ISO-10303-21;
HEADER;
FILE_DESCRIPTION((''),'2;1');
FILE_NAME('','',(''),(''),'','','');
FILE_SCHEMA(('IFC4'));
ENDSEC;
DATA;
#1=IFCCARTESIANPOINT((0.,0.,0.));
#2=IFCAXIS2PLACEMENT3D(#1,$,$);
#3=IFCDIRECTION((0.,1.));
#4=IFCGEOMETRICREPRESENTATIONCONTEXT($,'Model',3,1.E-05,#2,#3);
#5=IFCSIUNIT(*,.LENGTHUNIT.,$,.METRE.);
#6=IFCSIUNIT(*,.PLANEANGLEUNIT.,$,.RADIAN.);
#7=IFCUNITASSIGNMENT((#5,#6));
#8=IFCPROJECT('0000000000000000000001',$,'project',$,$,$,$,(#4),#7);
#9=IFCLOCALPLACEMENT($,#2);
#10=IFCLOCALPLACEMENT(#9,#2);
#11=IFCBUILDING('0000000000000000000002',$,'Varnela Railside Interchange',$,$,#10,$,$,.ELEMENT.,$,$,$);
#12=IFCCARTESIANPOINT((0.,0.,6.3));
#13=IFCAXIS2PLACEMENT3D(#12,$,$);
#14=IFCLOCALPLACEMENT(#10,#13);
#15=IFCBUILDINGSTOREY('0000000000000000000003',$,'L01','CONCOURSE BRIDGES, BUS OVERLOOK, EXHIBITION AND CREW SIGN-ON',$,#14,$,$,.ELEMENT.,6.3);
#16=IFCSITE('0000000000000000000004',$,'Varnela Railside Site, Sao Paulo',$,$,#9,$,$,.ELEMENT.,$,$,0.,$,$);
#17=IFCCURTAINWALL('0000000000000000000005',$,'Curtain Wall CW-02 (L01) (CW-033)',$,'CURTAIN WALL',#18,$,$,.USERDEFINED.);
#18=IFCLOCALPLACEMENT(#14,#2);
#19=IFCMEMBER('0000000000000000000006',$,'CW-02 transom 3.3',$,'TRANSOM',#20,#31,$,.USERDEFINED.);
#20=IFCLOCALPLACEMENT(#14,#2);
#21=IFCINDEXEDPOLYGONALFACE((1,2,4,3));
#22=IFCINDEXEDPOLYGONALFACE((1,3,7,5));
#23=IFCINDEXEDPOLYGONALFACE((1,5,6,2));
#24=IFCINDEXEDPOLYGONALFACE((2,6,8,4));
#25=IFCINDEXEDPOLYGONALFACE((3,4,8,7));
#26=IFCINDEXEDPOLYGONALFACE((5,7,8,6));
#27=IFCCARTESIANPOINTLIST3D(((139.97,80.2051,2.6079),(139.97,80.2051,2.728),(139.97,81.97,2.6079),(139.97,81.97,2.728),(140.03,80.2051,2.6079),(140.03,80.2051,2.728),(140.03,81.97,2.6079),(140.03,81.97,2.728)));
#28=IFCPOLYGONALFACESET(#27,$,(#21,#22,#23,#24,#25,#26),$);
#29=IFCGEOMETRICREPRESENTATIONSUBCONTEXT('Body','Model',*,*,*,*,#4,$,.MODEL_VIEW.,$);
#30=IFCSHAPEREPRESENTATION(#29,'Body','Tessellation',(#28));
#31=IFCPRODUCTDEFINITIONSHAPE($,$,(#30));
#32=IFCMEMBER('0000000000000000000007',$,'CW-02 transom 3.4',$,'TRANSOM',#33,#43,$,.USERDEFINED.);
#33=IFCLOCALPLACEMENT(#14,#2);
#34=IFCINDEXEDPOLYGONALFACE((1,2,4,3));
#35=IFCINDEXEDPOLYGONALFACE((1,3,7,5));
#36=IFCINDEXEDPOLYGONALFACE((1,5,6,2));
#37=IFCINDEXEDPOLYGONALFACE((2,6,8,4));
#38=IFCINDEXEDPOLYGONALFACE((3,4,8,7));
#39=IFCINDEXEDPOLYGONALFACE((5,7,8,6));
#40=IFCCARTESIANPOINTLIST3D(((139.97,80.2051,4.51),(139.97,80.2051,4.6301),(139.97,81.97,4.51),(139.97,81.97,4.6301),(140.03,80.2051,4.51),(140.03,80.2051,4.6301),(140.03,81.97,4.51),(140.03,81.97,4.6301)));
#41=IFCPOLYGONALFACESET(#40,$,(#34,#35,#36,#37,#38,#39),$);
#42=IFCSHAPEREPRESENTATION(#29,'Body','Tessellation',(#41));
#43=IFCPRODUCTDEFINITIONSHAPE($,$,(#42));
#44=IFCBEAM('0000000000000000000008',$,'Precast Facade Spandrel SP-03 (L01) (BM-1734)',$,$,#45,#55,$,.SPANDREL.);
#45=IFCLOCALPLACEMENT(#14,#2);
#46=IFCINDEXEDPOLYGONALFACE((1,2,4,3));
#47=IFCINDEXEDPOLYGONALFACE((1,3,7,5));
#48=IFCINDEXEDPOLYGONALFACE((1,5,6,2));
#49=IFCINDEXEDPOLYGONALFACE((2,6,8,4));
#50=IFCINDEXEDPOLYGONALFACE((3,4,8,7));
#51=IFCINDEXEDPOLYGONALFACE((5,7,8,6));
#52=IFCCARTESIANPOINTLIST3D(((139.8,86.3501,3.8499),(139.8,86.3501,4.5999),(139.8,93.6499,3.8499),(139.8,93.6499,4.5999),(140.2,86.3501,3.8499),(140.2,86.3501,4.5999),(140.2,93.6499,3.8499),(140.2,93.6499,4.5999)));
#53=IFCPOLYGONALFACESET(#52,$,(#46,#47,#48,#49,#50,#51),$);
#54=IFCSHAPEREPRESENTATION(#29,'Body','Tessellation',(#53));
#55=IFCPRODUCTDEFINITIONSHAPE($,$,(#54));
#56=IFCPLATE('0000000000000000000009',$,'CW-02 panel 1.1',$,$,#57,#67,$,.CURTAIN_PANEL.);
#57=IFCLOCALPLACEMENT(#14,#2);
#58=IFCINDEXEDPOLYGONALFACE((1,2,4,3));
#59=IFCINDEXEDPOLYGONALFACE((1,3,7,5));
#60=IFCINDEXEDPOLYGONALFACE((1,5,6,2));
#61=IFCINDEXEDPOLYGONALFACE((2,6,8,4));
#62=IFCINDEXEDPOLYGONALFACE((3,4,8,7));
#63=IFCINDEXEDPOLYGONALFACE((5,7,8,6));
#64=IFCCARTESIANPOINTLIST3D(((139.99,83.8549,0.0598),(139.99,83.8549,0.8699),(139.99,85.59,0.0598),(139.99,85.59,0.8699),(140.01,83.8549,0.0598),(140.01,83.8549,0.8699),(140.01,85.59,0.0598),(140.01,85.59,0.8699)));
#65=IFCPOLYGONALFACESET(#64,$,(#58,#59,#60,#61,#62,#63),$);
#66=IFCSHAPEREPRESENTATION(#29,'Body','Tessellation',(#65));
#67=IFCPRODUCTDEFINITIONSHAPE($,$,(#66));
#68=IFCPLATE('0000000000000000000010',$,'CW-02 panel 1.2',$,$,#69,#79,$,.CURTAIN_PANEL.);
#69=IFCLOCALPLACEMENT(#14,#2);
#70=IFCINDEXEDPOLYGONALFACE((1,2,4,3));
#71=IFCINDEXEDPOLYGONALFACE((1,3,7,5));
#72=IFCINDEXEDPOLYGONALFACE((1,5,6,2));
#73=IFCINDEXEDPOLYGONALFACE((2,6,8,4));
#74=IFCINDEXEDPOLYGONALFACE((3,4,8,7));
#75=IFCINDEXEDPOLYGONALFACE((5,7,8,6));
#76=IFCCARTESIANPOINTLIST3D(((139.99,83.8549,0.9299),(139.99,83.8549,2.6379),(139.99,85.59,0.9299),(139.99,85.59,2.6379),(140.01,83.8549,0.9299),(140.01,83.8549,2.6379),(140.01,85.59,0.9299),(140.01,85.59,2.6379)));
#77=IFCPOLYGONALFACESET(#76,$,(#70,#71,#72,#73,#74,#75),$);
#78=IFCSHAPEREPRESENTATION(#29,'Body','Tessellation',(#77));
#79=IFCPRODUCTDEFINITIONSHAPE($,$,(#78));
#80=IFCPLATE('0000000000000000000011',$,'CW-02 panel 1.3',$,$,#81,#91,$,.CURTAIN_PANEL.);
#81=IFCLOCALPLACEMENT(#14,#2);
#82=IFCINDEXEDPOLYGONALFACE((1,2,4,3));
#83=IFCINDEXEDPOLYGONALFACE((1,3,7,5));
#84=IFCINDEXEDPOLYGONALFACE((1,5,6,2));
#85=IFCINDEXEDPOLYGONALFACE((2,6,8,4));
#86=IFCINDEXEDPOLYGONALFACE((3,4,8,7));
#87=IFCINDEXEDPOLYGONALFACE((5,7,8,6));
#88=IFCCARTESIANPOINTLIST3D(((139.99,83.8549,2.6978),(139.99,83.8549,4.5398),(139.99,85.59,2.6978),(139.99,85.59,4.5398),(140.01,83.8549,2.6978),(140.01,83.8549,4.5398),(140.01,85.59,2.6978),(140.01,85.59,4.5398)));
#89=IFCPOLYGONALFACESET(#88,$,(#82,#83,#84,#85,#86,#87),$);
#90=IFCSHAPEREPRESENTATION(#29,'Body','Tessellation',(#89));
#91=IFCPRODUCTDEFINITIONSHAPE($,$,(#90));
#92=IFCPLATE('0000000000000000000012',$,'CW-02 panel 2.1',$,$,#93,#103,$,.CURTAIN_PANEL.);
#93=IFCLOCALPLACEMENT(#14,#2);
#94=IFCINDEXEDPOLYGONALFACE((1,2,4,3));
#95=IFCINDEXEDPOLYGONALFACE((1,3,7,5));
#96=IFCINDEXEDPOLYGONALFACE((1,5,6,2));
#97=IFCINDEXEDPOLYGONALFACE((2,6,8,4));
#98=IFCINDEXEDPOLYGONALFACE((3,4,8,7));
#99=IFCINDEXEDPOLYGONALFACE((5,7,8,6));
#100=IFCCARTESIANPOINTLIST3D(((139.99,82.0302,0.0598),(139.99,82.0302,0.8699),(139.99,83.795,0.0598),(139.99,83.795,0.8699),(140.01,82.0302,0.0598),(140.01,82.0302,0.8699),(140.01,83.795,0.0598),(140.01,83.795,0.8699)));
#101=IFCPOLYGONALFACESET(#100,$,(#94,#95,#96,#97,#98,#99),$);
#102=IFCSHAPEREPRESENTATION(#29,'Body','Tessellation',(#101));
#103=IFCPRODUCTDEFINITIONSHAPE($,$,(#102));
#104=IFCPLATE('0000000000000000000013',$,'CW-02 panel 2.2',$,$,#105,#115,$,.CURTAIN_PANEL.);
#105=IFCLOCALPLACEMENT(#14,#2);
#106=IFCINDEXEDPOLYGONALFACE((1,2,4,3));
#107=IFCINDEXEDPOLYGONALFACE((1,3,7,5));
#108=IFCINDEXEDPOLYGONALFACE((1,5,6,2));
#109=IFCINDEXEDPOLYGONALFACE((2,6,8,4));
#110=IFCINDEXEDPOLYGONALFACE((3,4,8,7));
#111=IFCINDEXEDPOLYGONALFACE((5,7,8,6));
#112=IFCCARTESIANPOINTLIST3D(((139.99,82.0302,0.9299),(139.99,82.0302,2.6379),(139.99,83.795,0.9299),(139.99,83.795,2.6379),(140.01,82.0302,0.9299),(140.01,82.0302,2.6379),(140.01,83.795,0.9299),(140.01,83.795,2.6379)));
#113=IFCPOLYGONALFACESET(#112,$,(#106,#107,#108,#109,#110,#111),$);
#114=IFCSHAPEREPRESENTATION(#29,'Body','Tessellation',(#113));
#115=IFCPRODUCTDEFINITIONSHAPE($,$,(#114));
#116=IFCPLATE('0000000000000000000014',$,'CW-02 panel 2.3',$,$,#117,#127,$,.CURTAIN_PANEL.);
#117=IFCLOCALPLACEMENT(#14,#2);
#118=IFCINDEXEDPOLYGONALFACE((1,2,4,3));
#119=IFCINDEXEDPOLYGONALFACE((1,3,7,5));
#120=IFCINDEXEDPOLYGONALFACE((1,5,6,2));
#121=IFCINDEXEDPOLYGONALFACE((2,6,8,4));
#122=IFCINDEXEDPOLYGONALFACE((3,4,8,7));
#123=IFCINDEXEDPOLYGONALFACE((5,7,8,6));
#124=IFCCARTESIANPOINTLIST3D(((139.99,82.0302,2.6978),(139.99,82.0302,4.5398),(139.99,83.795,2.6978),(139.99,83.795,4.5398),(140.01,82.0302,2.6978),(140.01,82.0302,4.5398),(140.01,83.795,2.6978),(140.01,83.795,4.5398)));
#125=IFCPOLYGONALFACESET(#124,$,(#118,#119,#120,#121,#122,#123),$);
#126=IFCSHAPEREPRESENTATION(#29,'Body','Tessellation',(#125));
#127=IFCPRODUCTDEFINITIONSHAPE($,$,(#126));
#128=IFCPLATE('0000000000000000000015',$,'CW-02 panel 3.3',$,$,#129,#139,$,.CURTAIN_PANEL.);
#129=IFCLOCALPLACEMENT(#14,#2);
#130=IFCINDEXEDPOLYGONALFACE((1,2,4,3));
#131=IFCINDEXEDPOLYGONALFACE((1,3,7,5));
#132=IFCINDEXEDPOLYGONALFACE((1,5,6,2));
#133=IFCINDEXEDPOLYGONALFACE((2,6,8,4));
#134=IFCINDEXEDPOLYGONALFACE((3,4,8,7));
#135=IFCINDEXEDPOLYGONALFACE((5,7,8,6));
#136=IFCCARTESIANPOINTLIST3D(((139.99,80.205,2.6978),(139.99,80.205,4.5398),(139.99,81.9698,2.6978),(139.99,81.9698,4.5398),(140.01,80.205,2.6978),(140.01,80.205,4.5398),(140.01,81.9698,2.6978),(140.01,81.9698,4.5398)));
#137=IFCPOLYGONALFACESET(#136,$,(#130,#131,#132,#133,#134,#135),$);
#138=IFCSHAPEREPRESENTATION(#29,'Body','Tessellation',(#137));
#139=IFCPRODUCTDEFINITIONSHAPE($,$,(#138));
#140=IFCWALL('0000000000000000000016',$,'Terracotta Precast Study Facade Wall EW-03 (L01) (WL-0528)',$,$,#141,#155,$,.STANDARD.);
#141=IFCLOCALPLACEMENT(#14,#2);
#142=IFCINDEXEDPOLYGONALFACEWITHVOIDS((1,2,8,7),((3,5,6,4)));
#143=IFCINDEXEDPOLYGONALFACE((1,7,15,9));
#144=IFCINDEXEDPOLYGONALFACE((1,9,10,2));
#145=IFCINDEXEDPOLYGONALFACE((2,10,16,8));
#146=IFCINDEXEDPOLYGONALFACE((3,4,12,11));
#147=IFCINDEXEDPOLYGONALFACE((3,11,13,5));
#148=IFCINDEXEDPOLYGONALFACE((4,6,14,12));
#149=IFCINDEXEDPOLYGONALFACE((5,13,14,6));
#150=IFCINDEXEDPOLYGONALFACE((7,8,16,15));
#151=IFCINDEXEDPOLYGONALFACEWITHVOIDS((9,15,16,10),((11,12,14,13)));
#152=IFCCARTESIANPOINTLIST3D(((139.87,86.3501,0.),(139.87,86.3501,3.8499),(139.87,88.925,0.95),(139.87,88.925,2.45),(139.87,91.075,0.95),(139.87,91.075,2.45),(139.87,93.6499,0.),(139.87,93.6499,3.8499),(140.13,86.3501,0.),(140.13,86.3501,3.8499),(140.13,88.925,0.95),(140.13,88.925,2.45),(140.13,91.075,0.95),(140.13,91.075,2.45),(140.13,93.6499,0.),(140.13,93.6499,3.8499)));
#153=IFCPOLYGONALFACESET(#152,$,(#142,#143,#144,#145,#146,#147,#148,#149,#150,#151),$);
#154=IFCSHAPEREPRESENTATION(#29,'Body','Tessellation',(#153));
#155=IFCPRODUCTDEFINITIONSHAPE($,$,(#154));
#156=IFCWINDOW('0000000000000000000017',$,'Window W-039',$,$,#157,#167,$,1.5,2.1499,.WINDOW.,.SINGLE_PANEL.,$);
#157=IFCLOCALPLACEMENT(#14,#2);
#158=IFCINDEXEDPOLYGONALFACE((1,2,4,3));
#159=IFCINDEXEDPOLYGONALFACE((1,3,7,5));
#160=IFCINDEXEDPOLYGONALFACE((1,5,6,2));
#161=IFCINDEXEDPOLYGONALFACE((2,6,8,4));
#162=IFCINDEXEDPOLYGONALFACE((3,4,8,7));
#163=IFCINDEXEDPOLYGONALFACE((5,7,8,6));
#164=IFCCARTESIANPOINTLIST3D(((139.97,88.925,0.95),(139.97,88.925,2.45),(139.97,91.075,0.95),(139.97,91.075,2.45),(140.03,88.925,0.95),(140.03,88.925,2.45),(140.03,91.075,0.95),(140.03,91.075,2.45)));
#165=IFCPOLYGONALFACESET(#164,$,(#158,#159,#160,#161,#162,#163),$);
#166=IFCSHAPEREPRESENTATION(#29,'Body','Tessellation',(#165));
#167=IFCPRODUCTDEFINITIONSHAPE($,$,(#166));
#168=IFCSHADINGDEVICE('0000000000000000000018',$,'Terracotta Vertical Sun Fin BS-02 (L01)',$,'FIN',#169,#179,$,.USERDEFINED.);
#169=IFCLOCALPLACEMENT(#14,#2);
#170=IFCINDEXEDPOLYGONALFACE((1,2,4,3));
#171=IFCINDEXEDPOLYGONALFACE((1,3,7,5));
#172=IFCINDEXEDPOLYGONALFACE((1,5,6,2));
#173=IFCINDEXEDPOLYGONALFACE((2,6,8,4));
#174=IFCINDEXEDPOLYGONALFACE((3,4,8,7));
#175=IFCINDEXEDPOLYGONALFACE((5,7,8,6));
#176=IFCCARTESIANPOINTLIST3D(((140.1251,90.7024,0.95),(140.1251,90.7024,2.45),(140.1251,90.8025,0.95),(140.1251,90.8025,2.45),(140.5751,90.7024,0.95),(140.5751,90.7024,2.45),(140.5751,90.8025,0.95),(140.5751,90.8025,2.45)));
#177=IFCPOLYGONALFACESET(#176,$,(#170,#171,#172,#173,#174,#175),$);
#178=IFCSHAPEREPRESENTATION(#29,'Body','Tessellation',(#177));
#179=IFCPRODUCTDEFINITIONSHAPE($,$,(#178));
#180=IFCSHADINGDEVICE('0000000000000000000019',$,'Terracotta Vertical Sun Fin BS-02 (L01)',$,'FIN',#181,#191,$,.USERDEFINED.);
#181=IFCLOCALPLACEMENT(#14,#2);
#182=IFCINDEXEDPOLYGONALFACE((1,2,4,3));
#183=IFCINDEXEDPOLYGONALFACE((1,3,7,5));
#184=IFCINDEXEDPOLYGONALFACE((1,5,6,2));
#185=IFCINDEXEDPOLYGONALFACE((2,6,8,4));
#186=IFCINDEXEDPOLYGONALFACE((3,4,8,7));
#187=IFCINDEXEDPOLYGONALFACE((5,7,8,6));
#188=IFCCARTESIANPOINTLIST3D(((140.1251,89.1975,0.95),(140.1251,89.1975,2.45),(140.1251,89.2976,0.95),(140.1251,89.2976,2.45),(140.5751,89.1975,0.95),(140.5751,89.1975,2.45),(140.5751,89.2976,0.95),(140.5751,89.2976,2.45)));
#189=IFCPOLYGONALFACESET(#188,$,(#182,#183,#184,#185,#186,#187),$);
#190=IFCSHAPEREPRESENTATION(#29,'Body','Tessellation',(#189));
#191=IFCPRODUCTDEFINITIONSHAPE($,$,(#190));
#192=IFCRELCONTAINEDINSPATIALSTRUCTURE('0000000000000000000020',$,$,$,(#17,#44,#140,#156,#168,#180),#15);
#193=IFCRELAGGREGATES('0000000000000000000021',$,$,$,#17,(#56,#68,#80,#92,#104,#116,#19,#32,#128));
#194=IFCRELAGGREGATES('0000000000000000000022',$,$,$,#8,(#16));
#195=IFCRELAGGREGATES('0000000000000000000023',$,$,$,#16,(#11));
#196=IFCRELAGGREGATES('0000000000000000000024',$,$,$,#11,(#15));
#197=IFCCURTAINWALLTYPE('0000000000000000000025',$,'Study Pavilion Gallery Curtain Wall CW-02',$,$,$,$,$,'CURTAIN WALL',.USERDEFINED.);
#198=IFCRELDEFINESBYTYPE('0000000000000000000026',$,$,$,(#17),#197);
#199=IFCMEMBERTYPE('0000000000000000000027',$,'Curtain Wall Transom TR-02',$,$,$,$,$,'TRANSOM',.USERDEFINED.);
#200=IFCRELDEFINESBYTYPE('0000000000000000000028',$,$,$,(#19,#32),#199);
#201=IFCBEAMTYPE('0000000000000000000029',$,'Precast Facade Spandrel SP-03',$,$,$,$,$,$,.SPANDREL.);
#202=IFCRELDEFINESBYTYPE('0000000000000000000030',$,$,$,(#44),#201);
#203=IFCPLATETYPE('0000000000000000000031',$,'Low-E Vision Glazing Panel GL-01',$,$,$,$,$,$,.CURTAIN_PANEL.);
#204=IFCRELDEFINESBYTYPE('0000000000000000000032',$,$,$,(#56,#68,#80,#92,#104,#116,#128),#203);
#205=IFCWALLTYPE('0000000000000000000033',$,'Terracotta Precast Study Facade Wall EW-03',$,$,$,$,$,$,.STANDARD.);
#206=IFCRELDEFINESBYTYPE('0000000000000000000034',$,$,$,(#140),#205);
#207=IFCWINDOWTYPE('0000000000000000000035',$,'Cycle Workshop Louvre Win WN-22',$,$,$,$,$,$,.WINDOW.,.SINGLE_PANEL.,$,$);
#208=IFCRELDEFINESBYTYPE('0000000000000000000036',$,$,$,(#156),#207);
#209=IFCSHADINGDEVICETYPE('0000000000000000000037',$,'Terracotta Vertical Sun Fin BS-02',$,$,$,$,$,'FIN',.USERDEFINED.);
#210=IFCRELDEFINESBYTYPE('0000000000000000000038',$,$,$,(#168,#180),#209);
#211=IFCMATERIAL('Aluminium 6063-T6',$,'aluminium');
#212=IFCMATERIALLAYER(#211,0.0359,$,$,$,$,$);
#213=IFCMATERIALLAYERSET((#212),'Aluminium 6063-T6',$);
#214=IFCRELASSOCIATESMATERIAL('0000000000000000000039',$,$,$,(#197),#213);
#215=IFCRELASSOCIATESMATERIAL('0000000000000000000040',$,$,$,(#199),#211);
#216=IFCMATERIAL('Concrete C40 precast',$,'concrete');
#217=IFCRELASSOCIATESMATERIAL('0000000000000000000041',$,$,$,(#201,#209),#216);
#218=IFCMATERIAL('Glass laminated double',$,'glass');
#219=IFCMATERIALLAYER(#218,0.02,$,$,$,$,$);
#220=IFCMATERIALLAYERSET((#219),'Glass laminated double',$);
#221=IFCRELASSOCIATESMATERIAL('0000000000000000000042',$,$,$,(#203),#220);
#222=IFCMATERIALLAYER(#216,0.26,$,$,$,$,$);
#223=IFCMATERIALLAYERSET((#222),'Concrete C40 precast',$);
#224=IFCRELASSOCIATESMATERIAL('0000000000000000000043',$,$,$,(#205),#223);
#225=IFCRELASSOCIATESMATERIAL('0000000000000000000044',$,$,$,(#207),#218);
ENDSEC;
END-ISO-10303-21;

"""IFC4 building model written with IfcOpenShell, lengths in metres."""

from ifc_helpers import new_model, si_unit, direction, frame, frame_2d, origin, origin_2d, place, context, subcontext, project, spatial, rectangle, extrude, material, layer, layer_set, material_profile, profile_set, type_object, element, fill, aggregate, save


model = new_model("IFC4")

# Units and contexts
model_context = context("Model", 3, precision=1e-05, world=origin(), true_north=direction((0.0, 1.0)))
body_context = subcontext(model_context, "Body", "Model", "MODEL_VIEW")
ifc_project = project(units=[si_unit("LENGTHUNIT", "METRE"), si_unit("PLANEANGLEUNIT", "RADIAN")], contexts=[model_context])

# Site, building, storey
site_placement = place(None, origin())
site = spatial("IfcSite", under=ifc_project, at=site_placement, Name="Varnela Railside Site, Sao Paulo", CompositionType="ELEMENT", RefElevation=0.0)
building_placement = place(site_placement, origin())
building = spatial("IfcBuilding", under=site, at=building_placement, Name="Varnela Railside Interchange", CompositionType="ELEMENT")
storey_placement = place(building_placement, frame((0.0, 0.0, 6.3)))
storey = spatial("IfcBuildingStorey", under=building, at=storey_placement, Name="L01", Description="CONCOURSE BRIDGES, BUS OVERLOOK, EXHIBITION AND CREW SIGN-ON", CompositionType="ELEMENT", Elevation=6.3)

# Curtain wall, members
ifc_material_1 = material(Name="Aluminium 6063-T6", Category="aluminium")
ifc_layer_1 = layer(ifc_material_1, 0.0359)
ifc_layer_set_1 = layer_set([ifc_layer_1], Name="Aluminium 6063-T6")
curtain_wall_type = type_object("IfcCurtainWallType", Name="Study Pavilion Gallery Curtain Wall CW-02", ElementType="CURTAIN WALL", PredefinedType="USERDEFINED", material=ifc_layer_set_1)
curtain_wall_placement = place(storey_placement, origin())
curtain_wall = element("IfcCurtainWall", 1, at=curtain_wall_placement, inside=storey, type_object=curtain_wall_type, Name="Curtain Wall CW-02 (L01) (CW-033)", ObjectType="CURTAIN WALL", PredefinedType="USERDEFINED")
ifc_material_profile_1 = material_profile(ifc_material_1, rectangle(XDim=0.0601, YDim=0.1201, at=origin_2d()), Name="ALU 60x120")
ifc_profile_set_1 = profile_set([ifc_material_profile_1], Name="Aluminium 6063-T6")
member_type_1 = type_object("IfcMemberType", Name="Curtain Wall Transom TR-02", ElementType="TRANSOM", PredefinedType="USERDEFINED", material=ifc_profile_set_1)
member_1_placement = place(storey_placement, frame((140.0, 81.97, 2.668), z_axis=(0.0, -1.0, 0.0), x_axis=(1.0, 0.0, 0.0)))
member_1 = element("IfcMember", 2, at=member_1_placement, type_object=member_type_1, Name="CW-02 transom 3.3", ObjectType="TRANSOM", PredefinedType="USERDEFINED", context=body_context, shape_type="SweptSolid", body=[
    extrude(rectangle(XDim=0.0601, YDim=0.1201, at=origin_2d()), origin(), (0.0, 0.0, 1.0), 1.7649),
])
member_2_placement = place(storey_placement, frame((140.0, 81.97, 4.5701), z_axis=(0.0, -1.0, 0.0), x_axis=(1.0, 0.0, 0.0)))
member_2 = element("IfcMember", 3, at=member_2_placement, type_object=member_type_1, Name="CW-02 transom 3.4", ObjectType="TRANSOM", PredefinedType="USERDEFINED", context=body_context, shape_type="SweptSolid", body=[
    extrude(rectangle(XDim=0.0601, YDim=0.1201, at=origin_2d()), origin(), (0.0, 0.0, 1.0), 1.7649),
])

# Beam
ifc_material_2 = material(Name="Concrete C40 precast", Category="concrete")
ifc_material_profile_2 = material_profile(ifc_material_2, rectangle(XDim=0.3999, YDim=0.75, at=origin_2d()), Name="PC 400x750")
ifc_profile_set_2 = profile_set([ifc_material_profile_2], Name="Concrete C40 precast")
beam_type = type_object("IfcBeamType", Name="Precast Facade Spandrel SP-03", PredefinedType="SPANDREL", material=ifc_profile_set_2)
beam_placement = place(storey_placement, frame((140.0, 86.3501, 4.2249), z_axis=(0.0, 1.0, 0.0), x_axis=(-1.0, 0.0, 0.0)))
element("IfcBeam", 4, at=beam_placement, inside=storey, type_object=beam_type, Name="Precast Facade Spandrel SP-03 (L01) (BM-1734)", PredefinedType="SPANDREL", context=body_context, shape_type="SweptSolid", body=[
    extrude(rectangle(XDim=0.3999, YDim=0.75, at=origin_2d()), origin(), (0.0, 0.0, 1.0), 7.2998),
])

# Plates
ifc_material_3 = material(Name="Glass laminated double", Category="glass")
ifc_layer_2 = layer(ifc_material_3, 0.02)
ifc_layer_set_2 = layer_set([ifc_layer_2], Name="Glass laminated double")
plate_type = type_object("IfcPlateType", Name="Low-E Vision Glazing Panel GL-01", PredefinedType="CURTAIN_PANEL", material=ifc_layer_set_2)
plate_1_placement = place(storey_placement, frame((140.0, 84.7224, 0.0598), z_axis=(0.0, 0.0, 1.0), x_axis=(0.0, -1.0, 0.0)))
plate_1 = element("IfcPlate", 5, at=plate_1_placement, type_object=plate_type, Name="CW-02 panel 1.1", PredefinedType="CURTAIN_PANEL", context=body_context, shape_type="SweptSolid", body=[
    extrude(rectangle(XDim=1.7351, YDim=0.02, at=origin_2d()), origin(), (0.0, 0.0, 1.0), 0.8101),
])
plate_2_placement = place(storey_placement, frame((140.0, 84.7224, 0.9299), z_axis=(0.0, 0.0, 1.0), x_axis=(0.0, -1.0, 0.0)))
plate_2 = element("IfcPlate", 6, at=plate_2_placement, type_object=plate_type, Name="CW-02 panel 1.2", PredefinedType="CURTAIN_PANEL", context=body_context, shape_type="SweptSolid", body=[
    extrude(rectangle(XDim=1.7351, YDim=0.02, at=origin_2d()), origin(), (0.0, 0.0, 1.0), 1.708),
])
plate_3_placement = place(storey_placement, frame((140.0, 84.7224, 2.6978), z_axis=(0.0, 0.0, 1.0), x_axis=(0.0, -1.0, 0.0)))
plate_3 = element("IfcPlate", 7, at=plate_3_placement, type_object=plate_type, Name="CW-02 panel 1.3", PredefinedType="CURTAIN_PANEL", context=body_context, shape_type="SweptSolid", body=[
    extrude(rectangle(XDim=1.7351, YDim=0.02, at=origin_2d()), origin(), (0.0, 0.0, 1.0), 1.842),
])
plate_4_placement = place(storey_placement, frame((140.0, 82.9126, 0.0598), z_axis=(0.0, 0.0, 1.0), x_axis=(0.0, -1.0, 0.0)))
plate_4 = element("IfcPlate", 8, at=plate_4_placement, type_object=plate_type, Name="CW-02 panel 2.1", PredefinedType="CURTAIN_PANEL", context=body_context, shape_type="SweptSolid", body=[
    extrude(rectangle(XDim=1.7649, YDim=0.02, at=origin_2d()), origin(), (0.0, 0.0, 1.0), 0.8101),
])
plate_5_placement = place(storey_placement, frame((140.0, 82.9126, 0.9299), z_axis=(0.0, 0.0, 1.0), x_axis=(0.0, -1.0, 0.0)))
plate_5 = element("IfcPlate", 9, at=plate_5_placement, type_object=plate_type, Name="CW-02 panel 2.2", PredefinedType="CURTAIN_PANEL", context=body_context, shape_type="SweptSolid", body=[
    extrude(rectangle(XDim=1.7649, YDim=0.02, at=origin_2d()), origin(), (0.0, 0.0, 1.0), 1.708),
])
plate_6_placement = place(storey_placement, frame((140.0, 82.9126, 2.6978), z_axis=(0.0, 0.0, 1.0), x_axis=(0.0, -1.0, 0.0)))
plate_6 = element("IfcPlate", 10, at=plate_6_placement, type_object=plate_type, Name="CW-02 panel 2.3", PredefinedType="CURTAIN_PANEL", context=body_context, shape_type="SweptSolid", body=[
    extrude(rectangle(XDim=1.7649, YDim=0.02, at=origin_2d()), origin(), (0.0, 0.0, 1.0), 1.842),
])
plate_7_placement = place(storey_placement, frame((140.0, 81.0874, 2.6978), z_axis=(0.0, 0.0, 1.0), x_axis=(0.0, -1.0, 0.0)))
plate_7 = element("IfcPlate", 11, at=plate_7_placement, type_object=plate_type, Name="CW-02 panel 3.3", PredefinedType="CURTAIN_PANEL", context=body_context, shape_type="SweptSolid", body=[
    extrude(rectangle(XDim=1.7649, YDim=0.02, at=origin_2d()), origin(), (0.0, 0.0, 1.0), 1.842),
])
aggregate(curtain_wall, [plate_1, plate_2, plate_3, plate_4, plate_5, plate_6, member_1, member_2, plate_7])

# Wall, opening, window
ifc_layer_3 = layer(ifc_material_2, 0.26)
ifc_layer_set_3 = layer_set([ifc_layer_3], Name="Concrete C40 precast")
wall_type = type_object("IfcWallType", Name="Terracotta Precast Study Facade Wall EW-03", PredefinedType="STANDARD", material=ifc_layer_set_3)
wall_placement = place(storey_placement, frame((140.0, 93.6499, 0.0), z_axis=(0.0, 0.0, 1.0), x_axis=(0.0, -1.0, 0.0)))
wall = element("IfcWall", 12, at=wall_placement, inside=storey, type_object=wall_type, Name="Terracotta Precast Study Facade Wall EW-03 (L01) (WL-0528)", PredefinedType="STANDARD", context=body_context, shape_type="SweptSolid", body=[
    extrude(rectangle(XDim=7.2998, YDim=0.26, at=frame_2d((3.6499, 0.0))), origin(), (0.0, 0.0, 1.0), 3.8499),
])
opening_placement = place(wall_placement, frame((2.575, 0.0, 0.95)))
opening = element("IfcOpeningElement", 13, at=opening_placement, cuts=wall, PredefinedType="OPENING", context=body_context, shape_type="SweptSolid", body=[
    extrude(rectangle(XDim=2.1499, YDim=1.5, at=frame_2d((1.075, 0.75))), frame((0.0, 0.1399, 0.0), z_axis=(0.0, -1.0, 0.0), x_axis=(1.0, 0.0, 0.0)), (0.0, 0.0, 1.0), 0.28),
])
window_type = type_object("IfcWindowType", Name="Cycle Workshop Louvre Win WN-22", PartitioningType="SINGLE_PANEL", PredefinedType="WINDOW", material=ifc_material_3)
window_placement = place(opening_placement, origin())
window = element("IfcWindow", 14, at=window_placement, inside=storey, type_object=window_type, Name="Window W-039", OverallHeight=1.5, OverallWidth=2.1499, PartitioningType="SINGLE_PANEL", PredefinedType="WINDOW", context=body_context, shape_type="SweptSolid", body=[
    extrude(rectangle(XDim=2.1499, YDim=1.5, at=frame_2d((1.075, 0.75))), frame((0.0, 0.03, 0.0), z_axis=(0.0, -1.0, 0.0), x_axis=(1.0, 0.0, 0.0)), (0.0, 0.0, 1.0), 0.0601),
])
fill(opening, window)

# Shading devices
shading_device_type = type_object("IfcShadingDeviceType", Name="Terracotta Vertical Sun Fin BS-02", ElementType="FIN", PredefinedType="USERDEFINED", material=ifc_material_2)
for number, where, z_axis, x_axis, name in (
    (15, (140.3501, 90.7524, 0.95), (0.0, 0.0, 1.0), (1.0, 0.0, 0.0), "Terracotta Vertical Sun Fin BS-02 (L01)"),
    (16, (140.3501, 89.2476, 0.95), (0.0, 0.0, 1.0), (1.0, 0.0, 0.0), "Terracotta Vertical Sun Fin BS-02 (L01)"),
):
    element("IfcShadingDevice", number, at=place(storey_placement, frame(where, z_axis=z_axis, x_axis=x_axis)), inside=storey, type_object=shading_device_type, Name=name, ObjectType="FIN", PredefinedType="USERDEFINED", context=body_context, shape_type="SweptSolid", body=[
        extrude(rectangle(XDim=0.45, YDim=0.1001, at=origin_2d()), origin(), (0.0, 0.0, 1.0), 1.5),
    ])

save(model, "model.ifc")
